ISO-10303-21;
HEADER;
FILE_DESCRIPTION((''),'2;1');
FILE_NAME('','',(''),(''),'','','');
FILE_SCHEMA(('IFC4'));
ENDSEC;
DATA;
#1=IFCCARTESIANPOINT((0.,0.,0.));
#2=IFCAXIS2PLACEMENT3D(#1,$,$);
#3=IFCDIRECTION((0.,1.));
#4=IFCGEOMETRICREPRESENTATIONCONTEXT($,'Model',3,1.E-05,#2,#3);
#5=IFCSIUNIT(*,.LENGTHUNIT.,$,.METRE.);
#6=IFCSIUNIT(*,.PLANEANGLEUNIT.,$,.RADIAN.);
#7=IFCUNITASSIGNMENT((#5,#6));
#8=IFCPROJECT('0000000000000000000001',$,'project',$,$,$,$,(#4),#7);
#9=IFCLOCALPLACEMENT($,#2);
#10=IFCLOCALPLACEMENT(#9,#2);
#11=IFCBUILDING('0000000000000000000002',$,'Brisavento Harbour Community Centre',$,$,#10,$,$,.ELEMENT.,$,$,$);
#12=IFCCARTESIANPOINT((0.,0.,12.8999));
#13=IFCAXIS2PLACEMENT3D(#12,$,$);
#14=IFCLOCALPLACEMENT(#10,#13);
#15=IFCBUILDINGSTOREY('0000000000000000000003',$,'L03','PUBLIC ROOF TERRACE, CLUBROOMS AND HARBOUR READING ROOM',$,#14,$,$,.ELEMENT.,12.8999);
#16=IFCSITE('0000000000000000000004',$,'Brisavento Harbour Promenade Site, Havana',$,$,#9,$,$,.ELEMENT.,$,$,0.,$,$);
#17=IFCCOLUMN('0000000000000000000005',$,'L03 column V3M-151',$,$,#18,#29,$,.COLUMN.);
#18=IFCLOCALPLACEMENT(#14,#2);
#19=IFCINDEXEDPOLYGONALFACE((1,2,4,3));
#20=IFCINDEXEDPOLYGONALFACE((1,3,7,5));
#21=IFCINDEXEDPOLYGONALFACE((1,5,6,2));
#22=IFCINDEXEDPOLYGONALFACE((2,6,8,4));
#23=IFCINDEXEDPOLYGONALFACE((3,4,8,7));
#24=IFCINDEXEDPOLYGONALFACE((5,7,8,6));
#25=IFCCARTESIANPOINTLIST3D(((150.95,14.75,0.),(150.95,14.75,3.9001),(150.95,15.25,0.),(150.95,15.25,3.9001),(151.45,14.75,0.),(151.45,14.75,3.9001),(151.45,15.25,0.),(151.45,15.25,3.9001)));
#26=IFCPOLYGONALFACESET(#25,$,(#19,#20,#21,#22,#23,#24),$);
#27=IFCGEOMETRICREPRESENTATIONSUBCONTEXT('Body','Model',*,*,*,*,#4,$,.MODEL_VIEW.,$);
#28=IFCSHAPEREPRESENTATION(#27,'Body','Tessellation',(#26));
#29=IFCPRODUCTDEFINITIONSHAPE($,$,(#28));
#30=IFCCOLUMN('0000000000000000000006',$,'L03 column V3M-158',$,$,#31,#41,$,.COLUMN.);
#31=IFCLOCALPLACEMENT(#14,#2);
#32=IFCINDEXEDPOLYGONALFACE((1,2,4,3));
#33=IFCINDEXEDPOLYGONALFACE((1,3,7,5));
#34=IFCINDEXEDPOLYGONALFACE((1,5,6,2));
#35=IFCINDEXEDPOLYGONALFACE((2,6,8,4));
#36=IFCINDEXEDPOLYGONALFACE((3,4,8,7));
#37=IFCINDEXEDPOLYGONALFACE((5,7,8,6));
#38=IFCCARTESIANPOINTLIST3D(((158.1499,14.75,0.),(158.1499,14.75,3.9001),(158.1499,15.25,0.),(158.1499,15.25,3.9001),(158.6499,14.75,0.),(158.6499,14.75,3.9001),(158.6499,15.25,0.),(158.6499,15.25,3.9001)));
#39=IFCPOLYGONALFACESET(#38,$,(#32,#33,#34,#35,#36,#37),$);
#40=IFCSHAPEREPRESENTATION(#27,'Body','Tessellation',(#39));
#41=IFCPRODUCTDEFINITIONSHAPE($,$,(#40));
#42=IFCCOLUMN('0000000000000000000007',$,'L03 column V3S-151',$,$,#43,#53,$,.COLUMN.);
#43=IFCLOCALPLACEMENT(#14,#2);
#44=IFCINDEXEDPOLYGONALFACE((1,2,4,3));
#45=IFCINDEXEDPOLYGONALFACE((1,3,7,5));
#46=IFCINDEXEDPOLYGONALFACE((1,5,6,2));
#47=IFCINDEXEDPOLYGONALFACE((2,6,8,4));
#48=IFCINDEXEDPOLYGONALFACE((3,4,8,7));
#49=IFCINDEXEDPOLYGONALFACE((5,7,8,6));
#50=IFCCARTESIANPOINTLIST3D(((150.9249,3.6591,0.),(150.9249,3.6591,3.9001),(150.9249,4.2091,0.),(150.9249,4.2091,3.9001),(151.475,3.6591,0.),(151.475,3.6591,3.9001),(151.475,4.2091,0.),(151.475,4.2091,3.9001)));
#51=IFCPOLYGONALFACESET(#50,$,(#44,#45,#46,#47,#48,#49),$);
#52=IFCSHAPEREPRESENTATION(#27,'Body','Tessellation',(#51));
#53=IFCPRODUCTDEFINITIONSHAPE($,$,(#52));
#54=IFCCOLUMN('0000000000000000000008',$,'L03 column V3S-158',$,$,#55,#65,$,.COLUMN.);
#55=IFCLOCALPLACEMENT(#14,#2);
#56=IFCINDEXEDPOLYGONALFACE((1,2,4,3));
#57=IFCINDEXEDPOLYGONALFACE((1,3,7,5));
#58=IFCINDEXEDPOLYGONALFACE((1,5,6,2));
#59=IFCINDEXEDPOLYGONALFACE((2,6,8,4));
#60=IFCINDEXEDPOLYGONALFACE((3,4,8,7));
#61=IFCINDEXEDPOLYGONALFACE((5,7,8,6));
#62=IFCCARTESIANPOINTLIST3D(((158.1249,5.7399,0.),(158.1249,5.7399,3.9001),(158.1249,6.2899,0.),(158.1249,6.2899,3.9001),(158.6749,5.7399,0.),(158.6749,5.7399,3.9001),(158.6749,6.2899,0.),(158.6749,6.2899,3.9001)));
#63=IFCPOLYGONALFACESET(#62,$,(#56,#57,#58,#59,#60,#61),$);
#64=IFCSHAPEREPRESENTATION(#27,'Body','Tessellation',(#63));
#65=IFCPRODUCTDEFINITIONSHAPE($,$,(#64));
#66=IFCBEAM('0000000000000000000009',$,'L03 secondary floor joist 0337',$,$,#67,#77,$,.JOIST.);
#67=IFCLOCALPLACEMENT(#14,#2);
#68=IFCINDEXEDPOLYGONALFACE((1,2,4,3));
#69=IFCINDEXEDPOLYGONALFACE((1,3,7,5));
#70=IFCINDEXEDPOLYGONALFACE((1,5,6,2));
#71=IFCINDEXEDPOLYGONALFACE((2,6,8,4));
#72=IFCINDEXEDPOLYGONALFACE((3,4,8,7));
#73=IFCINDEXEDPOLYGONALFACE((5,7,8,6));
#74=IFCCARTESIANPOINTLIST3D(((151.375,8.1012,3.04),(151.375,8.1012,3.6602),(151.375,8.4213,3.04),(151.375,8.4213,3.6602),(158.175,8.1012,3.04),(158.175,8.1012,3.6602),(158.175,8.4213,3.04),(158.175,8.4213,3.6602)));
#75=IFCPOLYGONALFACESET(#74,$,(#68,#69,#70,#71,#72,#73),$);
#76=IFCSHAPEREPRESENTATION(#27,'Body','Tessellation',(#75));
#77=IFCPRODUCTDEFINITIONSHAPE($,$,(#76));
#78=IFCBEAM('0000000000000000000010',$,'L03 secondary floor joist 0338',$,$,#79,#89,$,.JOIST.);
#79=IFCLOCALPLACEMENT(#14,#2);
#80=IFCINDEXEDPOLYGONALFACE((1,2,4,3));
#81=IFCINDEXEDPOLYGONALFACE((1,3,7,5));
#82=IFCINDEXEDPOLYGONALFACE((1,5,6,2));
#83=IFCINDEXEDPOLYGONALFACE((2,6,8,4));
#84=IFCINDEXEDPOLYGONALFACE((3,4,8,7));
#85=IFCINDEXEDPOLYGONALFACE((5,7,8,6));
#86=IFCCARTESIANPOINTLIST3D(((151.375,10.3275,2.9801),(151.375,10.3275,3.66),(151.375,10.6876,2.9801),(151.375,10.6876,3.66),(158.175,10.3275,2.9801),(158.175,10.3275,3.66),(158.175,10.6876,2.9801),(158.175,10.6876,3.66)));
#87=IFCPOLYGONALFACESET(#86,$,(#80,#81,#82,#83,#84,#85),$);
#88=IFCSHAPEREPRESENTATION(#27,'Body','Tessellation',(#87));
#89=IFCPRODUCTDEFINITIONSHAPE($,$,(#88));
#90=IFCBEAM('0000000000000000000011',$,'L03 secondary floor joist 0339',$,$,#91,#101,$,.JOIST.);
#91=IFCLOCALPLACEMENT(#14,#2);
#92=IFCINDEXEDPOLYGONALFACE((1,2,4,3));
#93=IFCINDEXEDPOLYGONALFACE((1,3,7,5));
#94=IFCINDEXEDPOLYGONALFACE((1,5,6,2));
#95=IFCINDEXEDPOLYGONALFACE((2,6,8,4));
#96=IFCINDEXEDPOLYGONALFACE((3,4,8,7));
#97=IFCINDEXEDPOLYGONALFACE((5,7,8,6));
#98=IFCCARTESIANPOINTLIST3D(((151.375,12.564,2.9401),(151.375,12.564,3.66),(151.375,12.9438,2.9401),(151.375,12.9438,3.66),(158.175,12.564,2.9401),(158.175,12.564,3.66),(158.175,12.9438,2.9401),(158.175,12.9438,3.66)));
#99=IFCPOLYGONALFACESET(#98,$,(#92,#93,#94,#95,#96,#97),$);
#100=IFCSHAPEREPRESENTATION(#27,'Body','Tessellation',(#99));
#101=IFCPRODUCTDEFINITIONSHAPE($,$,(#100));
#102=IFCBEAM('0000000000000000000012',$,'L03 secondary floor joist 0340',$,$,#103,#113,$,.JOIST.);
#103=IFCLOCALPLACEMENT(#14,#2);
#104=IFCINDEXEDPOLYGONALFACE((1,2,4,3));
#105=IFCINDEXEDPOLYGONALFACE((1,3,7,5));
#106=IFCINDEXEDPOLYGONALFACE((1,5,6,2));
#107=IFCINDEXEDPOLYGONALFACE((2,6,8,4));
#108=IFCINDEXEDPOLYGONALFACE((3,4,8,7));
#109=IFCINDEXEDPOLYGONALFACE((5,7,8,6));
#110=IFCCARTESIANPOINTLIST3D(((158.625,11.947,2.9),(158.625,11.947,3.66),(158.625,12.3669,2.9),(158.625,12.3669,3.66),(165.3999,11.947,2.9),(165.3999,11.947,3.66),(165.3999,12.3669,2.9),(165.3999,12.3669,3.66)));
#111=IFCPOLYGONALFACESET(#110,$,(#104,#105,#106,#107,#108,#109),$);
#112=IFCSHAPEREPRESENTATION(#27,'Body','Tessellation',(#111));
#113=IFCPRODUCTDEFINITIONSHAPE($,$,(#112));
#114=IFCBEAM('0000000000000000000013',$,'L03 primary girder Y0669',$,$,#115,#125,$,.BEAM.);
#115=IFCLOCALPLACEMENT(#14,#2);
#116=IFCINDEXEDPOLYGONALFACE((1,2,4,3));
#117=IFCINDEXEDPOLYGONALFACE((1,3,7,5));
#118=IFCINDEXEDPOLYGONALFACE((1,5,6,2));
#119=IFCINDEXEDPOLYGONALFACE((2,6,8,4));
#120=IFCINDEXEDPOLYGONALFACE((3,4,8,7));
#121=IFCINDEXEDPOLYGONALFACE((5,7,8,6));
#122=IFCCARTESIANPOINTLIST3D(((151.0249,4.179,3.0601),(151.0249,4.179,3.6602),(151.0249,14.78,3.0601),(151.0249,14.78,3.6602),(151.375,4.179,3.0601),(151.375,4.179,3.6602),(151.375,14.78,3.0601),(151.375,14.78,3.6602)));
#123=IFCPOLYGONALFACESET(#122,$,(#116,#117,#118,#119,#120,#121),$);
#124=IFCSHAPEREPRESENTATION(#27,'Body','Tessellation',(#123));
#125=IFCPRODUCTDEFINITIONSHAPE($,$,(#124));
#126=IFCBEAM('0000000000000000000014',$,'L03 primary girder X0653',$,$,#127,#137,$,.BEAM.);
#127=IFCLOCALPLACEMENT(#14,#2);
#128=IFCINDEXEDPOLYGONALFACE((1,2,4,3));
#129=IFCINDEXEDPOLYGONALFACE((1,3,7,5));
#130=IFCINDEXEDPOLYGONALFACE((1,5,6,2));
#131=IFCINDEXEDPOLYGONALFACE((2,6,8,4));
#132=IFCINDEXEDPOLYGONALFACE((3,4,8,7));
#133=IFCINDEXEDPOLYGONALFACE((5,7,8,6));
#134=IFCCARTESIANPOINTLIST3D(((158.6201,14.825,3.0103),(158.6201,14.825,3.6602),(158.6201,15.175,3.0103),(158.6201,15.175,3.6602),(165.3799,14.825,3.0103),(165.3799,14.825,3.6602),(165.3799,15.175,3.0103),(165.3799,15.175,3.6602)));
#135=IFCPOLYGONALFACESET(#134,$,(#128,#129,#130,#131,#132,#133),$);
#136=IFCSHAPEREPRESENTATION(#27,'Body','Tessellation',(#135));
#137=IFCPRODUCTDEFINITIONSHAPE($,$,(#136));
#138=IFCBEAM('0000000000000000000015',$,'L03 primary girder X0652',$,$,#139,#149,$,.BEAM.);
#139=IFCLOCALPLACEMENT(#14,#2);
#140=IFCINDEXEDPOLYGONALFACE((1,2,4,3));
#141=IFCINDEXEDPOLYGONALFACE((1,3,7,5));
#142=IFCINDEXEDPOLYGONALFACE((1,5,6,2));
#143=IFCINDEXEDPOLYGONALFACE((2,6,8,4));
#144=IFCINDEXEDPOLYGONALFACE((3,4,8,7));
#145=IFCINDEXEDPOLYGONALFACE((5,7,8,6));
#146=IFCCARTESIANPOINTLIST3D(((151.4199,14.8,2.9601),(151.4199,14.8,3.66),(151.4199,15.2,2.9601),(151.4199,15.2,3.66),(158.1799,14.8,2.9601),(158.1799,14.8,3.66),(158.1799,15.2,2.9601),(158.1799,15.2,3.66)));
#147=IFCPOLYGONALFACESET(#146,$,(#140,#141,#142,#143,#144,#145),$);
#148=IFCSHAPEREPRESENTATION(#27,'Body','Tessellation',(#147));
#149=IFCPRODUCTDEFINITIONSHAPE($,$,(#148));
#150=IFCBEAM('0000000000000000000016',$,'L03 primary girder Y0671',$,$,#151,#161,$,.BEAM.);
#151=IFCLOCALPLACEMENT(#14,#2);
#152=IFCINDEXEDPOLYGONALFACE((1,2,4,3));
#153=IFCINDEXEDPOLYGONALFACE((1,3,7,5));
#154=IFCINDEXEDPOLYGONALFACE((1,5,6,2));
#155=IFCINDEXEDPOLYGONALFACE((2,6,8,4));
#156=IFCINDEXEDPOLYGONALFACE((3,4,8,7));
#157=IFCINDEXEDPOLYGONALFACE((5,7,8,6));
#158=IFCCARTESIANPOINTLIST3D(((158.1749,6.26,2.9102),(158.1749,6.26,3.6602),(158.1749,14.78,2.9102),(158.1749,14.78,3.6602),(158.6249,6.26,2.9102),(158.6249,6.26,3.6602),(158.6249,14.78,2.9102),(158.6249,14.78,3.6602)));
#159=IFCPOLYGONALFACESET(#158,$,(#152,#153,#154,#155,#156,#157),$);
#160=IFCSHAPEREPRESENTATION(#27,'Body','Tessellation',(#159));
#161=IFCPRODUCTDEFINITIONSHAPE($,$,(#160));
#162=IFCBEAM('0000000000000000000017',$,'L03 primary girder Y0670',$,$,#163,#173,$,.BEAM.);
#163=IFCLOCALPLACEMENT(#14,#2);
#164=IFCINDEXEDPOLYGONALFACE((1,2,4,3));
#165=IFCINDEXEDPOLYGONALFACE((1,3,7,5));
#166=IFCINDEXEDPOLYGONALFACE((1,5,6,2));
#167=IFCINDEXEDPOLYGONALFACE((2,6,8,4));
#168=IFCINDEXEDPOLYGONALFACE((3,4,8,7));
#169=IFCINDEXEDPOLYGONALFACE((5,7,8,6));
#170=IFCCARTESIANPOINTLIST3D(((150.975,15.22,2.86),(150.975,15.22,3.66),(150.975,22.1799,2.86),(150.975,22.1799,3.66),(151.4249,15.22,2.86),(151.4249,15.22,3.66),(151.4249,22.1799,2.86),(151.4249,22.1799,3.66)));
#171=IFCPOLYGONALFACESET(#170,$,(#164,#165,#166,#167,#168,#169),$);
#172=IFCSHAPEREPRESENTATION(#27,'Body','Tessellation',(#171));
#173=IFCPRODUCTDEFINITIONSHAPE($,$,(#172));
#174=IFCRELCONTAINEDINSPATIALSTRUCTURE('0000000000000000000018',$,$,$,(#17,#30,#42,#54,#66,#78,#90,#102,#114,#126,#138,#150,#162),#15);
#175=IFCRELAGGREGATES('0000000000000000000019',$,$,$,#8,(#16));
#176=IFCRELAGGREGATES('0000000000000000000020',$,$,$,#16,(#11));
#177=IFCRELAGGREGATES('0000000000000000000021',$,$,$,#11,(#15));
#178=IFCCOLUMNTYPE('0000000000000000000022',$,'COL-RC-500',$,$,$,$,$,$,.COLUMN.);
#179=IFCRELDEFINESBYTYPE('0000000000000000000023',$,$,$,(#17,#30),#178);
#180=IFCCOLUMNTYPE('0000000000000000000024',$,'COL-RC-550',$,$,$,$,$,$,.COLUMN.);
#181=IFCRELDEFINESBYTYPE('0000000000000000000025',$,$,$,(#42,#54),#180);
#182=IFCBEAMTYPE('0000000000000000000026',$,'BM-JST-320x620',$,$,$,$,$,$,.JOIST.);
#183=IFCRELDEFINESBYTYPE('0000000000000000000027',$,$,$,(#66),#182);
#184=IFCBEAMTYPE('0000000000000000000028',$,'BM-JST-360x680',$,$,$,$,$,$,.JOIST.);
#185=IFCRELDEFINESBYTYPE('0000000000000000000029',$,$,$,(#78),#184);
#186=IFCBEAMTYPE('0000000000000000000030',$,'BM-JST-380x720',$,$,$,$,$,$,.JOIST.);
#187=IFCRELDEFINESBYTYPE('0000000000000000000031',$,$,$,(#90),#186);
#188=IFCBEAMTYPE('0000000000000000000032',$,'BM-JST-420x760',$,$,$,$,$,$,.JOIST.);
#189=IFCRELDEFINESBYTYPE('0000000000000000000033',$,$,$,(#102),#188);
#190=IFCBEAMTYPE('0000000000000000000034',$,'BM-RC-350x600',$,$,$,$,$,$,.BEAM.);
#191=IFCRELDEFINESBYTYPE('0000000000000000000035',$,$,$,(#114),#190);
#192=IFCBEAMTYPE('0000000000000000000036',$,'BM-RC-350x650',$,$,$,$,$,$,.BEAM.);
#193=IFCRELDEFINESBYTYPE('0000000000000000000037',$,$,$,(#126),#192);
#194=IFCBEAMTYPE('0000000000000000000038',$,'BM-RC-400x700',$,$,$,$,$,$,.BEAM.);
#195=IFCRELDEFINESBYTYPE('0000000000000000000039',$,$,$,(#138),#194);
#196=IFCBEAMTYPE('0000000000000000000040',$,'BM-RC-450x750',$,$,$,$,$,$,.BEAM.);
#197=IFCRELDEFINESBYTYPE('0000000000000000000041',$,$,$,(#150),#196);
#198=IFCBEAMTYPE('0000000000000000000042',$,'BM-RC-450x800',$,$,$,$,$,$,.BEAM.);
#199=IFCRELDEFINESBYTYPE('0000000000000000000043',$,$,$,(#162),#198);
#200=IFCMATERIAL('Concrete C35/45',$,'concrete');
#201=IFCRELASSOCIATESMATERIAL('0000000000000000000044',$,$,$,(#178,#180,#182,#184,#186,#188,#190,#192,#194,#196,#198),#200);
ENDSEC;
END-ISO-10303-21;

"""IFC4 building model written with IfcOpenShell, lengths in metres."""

from ifc_helpers import new_model, si_unit, direction, frame, origin, origin_2d, place, context, subcontext, project, spatial, rectangle, extrude, material, material_profile, profile_set, type_object, element, save


model = new_model("IFC4")

# Units and contexts
model_context = context("Model", 3, precision=1e-05, world=origin(), true_north=direction((0.0, 1.0)))
body_context = subcontext(model_context, "Body", "Model", "MODEL_VIEW")
ifc_project = project(units=[si_unit("LENGTHUNIT", "METRE"), si_unit("PLANEANGLEUNIT", "RADIAN")], contexts=[model_context])

# Site, building, storey
site_placement = place(None, origin())
site = spatial("IfcSite", under=ifc_project, at=site_placement, Name="Brisavento Harbour Promenade Site, Havana", CompositionType="ELEMENT", RefElevation=0.0)
building_placement = place(site_placement, origin())
building = spatial("IfcBuilding", under=site, at=building_placement, Name="Brisavento Harbour Community Centre", CompositionType="ELEMENT")
storey_placement = place(building_placement, frame((0.0, 0.0, 12.8999)))
storey = spatial("IfcBuildingStorey", under=building, at=storey_placement, Name="L03", Description="PUBLIC ROOF TERRACE, CLUBROOMS AND HARBOUR READING ROOM", CompositionType="ELEMENT", Elevation=12.8999)

# Columns
ifc_material_1 = material(Name="Concrete C35/45", Category="concrete")
ifc_material_profile_1 = material_profile(ifc_material_1, rectangle(XDim=0.5, YDim=0.5, at=origin_2d()), Name="Concrete C35/45")
ifc_profile_set_1 = profile_set([ifc_material_profile_1], Name="Concrete C35/45")
column_type_1 = type_object("IfcColumnType", Name="COL-RC-500", PredefinedType="COLUMN", material=ifc_profile_set_1)
for number, where, z_axis, x_axis, name in (
    (1, (151.2, 15.0, 0.0), (0.0, 0.0, 1.0), (1.0, 0.0, 0.0), "L03 column V3M-151"),
    (2, (158.3999, 15.0, 0.0), (0.0, 0.0, 1.0), (1.0, 0.0, 0.0), "L03 column V3M-158"),
):
    element("IfcColumn", number, at=place(storey_placement, frame(where, z_axis=z_axis, x_axis=x_axis)), inside=storey, type_object=column_type_1, Name=name, PredefinedType="COLUMN", context=body_context, shape_type="SweptSolid", body=[
        extrude(rectangle(XDim=0.5, YDim=0.5, at=origin_2d()), origin(), (0.0, 0.0, 1.0), 3.9001),
    ])
ifc_material_profile_2 = material_profile(ifc_material_1, rectangle(XDim=0.55, YDim=0.55, at=origin_2d()), Name="Concrete C35/45")
ifc_profile_set_2 = profile_set([ifc_material_profile_2], Name="Concrete C35/45")
column_type_2 = type_object("IfcColumnType", Name="COL-RC-550", PredefinedType="COLUMN", material=ifc_profile_set_2)
for number, where, z_axis, x_axis, name in (
    (3, (151.2, 3.9341, 0.0), (0.0, 0.0, 1.0), (1.0, 0.0, 0.0), "L03 column V3S-151"),
    (4, (158.3999, 6.0149, 0.0), (0.0, 0.0, 1.0), (1.0, 0.0, 0.0), "L03 column V3S-158"),
):
    element("IfcColumn", number, at=place(storey_placement, frame(where, z_axis=z_axis, x_axis=x_axis)), inside=storey, type_object=column_type_2, Name=name, PredefinedType="COLUMN", context=body_context, shape_type="SweptSolid", body=[
        extrude(rectangle(XDim=0.55, YDim=0.55, at=origin_2d()), origin(), (0.0, 0.0, 1.0), 3.9001),
    ])

# Beams
ifc_material_profile_3 = material_profile(ifc_material_1, rectangle(XDim=0.3201, YDim=0.6201, at=origin_2d()), Name="Concrete C35/45")
ifc_profile_set_3 = profile_set([ifc_material_profile_3], Name="Concrete C35/45")
beam_type_1 = type_object("IfcBeamType", Name="BM-JST-320x620", PredefinedType="JOIST", material=ifc_profile_set_3)
beam_1_placement = place(storey_placement, frame((151.375, 8.2612, 3.3501), z_axis=(1.0, 0.0, 0.0), x_axis=(0.0, 1.0, 0.0)))
element("IfcBeam", 5, at=beam_1_placement, inside=storey, type_object=beam_type_1, Name="L03 secondary floor joist 0337", PredefinedType="JOIST", context=body_context, shape_type="SweptSolid", body=[
    extrude(rectangle(XDim=0.3201, YDim=0.6201, at=origin_2d()), origin(), (0.0, 0.0, 1.0), 6.8),
])
ifc_material_profile_4 = material_profile(ifc_material_1, rectangle(XDim=0.3601, YDim=0.6799, at=origin_2d()), Name="Concrete C35/45")
ifc_profile_set_4 = profile_set([ifc_material_profile_4], Name="Concrete C35/45")
beam_type_2 = type_object("IfcBeamType", Name="BM-JST-360x680", PredefinedType="JOIST", material=ifc_profile_set_4)
beam_2_placement = place(storey_placement, frame((151.375, 10.5076, 3.3201), z_axis=(1.0, 0.0, 0.0), x_axis=(0.0, 1.0, 0.0)))
element("IfcBeam", 6, at=beam_2_placement, inside=storey, type_object=beam_type_2, Name="L03 secondary floor joist 0338", PredefinedType="JOIST", context=body_context, shape_type="SweptSolid", body=[
    extrude(rectangle(XDim=0.3601, YDim=0.6799, at=origin_2d()), origin(), (0.0, 0.0, 1.0), 6.8),
])
ifc_material_profile_5 = material_profile(ifc_material_1, rectangle(XDim=0.3799, YDim=0.72, at=origin_2d()), Name="Concrete C35/45")
ifc_profile_set_5 = profile_set([ifc_material_profile_5], Name="Concrete C35/45")
beam_type_3 = type_object("IfcBeamType", Name="BM-JST-380x720", PredefinedType="JOIST", material=ifc_profile_set_5)
beam_3_placement = place(storey_placement, frame((151.375, 12.7539, 3.3), z_axis=(1.0, 0.0, 0.0), x_axis=(0.0, 1.0, 0.0)))
element("IfcBeam", 7, at=beam_3_placement, inside=storey, type_object=beam_type_3, Name="L03 secondary floor joist 0339", PredefinedType="JOIST", context=body_context, shape_type="SweptSolid", body=[
    extrude(rectangle(XDim=0.3799, YDim=0.72, at=origin_2d()), origin(), (0.0, 0.0, 1.0), 6.8),
])
ifc_material_profile_6 = material_profile(ifc_material_1, rectangle(XDim=0.4199, YDim=0.76, at=origin_2d()), Name="Concrete C35/45")
ifc_profile_set_6 = profile_set([ifc_material_profile_6], Name="Concrete C35/45")
beam_type_4 = type_object("IfcBeamType", Name="BM-JST-420x760", PredefinedType="JOIST", material=ifc_profile_set_6)
beam_4_placement = place(storey_placement, frame((158.625, 12.157, 3.28), z_axis=(1.0, 0.0, 0.0), x_axis=(0.0, 1.0, 0.0)))
element("IfcBeam", 8, at=beam_4_placement, inside=storey, type_object=beam_type_4, Name="L03 secondary floor joist 0340", PredefinedType="JOIST", context=body_context, shape_type="SweptSolid", body=[
    extrude(rectangle(XDim=0.4199, YDim=0.76, at=origin_2d()), origin(), (0.0, 0.0, 1.0), 6.7749),
])
ifc_material_profile_7 = material_profile(ifc_material_1, rectangle(XDim=0.3501, YDim=0.6001, at=origin_2d()), Name="Concrete C35/45")
ifc_profile_set_7 = profile_set([ifc_material_profile_7], Name="Concrete C35/45")
beam_type_5 = type_object("IfcBeamType", Name="BM-RC-350x600", PredefinedType="BEAM", material=ifc_profile_set_7)
beam_5_placement = place(storey_placement, frame((151.2, 4.179, 3.3601), z_axis=(0.0, 1.0, 0.0), x_axis=(-1.0, 0.0, 0.0)))
element("IfcBeam", 9, at=beam_5_placement, inside=storey, type_object=beam_type_5, Name="L03 primary girder Y0669", PredefinedType="BEAM", context=body_context, shape_type="SweptSolid", body=[
    extrude(rectangle(XDim=0.3501, YDim=0.6001, at=origin_2d()), origin(), (0.0, 0.0, 1.0), 10.6011),
])
ifc_material_profile_8 = material_profile(ifc_material_1, rectangle(XDim=0.3501, YDim=0.6499, at=origin_2d()), Name="Concrete C35/45")
ifc_profile_set_8 = profile_set([ifc_material_profile_8], Name="Concrete C35/45")
beam_type_6 = type_object("IfcBeamType", Name="BM-RC-350x650", PredefinedType="BEAM", material=ifc_profile_set_8)
beam_6_placement = place(storey_placement, frame((158.6201, 15.0, 3.3352), z_axis=(1.0, 0.0, 0.0), x_axis=(0.0, 1.0, 0.0)))
element("IfcBeam", 10, at=beam_6_placement, inside=storey, type_object=beam_type_6, Name="L03 primary girder X0653", PredefinedType="BEAM", context=body_context, shape_type="SweptSolid", body=[
    extrude(rectangle(XDim=0.3501, YDim=0.6499, at=origin_2d()), origin(), (0.0, 0.0, 1.0), 6.7598),
])
ifc_material_profile_9 = material_profile(ifc_material_1, rectangle(XDim=0.3999, YDim=0.7, at=origin_2d()), Name="Concrete C35/45")
ifc_profile_set_9 = profile_set([ifc_material_profile_9], Name="Concrete C35/45")
beam_type_7 = type_object("IfcBeamType", Name="BM-RC-400x700", PredefinedType="BEAM", material=ifc_profile_set_9)
beam_7_placement = place(storey_placement, frame((151.4199, 15.0, 3.3101), z_axis=(1.0, 0.0, 0.0), x_axis=(0.0, 1.0, 0.0)))
element("IfcBeam", 11, at=beam_7_placement, inside=storey, type_object=beam_type_7, Name="L03 primary girder X0652", PredefinedType="BEAM", context=body_context, shape_type="SweptSolid", body=[
    extrude(rectangle(XDim=0.3999, YDim=0.7, at=origin_2d()), origin(), (0.0, 0.0, 1.0), 6.76),
])
ifc_material_profile_10 = material_profile(ifc_material_1, rectangle(XDim=0.45, YDim=0.75, at=origin_2d()), Name="Concrete C35/45")
ifc_profile_set_10 = profile_set([ifc_material_profile_10], Name="Concrete C35/45")
beam_type_8 = type_object("IfcBeamType", Name="BM-RC-450x750", PredefinedType="BEAM", material=ifc_profile_set_10)
beam_8_placement = place(storey_placement, frame((158.3999, 6.26, 3.2852), z_axis=(0.0, 1.0, 0.0), x_axis=(-1.0, 0.0, 0.0)))
element("IfcBeam", 12, at=beam_8_placement, inside=storey, type_object=beam_type_8, Name="L03 primary girder Y0671", PredefinedType="BEAM", context=body_context, shape_type="SweptSolid", body=[
    extrude(rectangle(XDim=0.45, YDim=0.75, at=origin_2d()), origin(), (0.0, 0.0, 1.0), 8.52),
])
ifc_material_profile_11 = material_profile(ifc_material_1, rectangle(XDim=0.45, YDim=0.8, at=origin_2d()), Name="Concrete C35/45")
ifc_profile_set_11 = profile_set([ifc_material_profile_11], Name="Concrete C35/45")
beam_type_9 = type_object("IfcBeamType", Name="BM-RC-450x800", PredefinedType="BEAM", material=ifc_profile_set_11)
beam_9_placement = place(storey_placement, frame((151.2, 15.22, 3.26), z_axis=(0.0, 1.0, 0.0), x_axis=(-1.0, 0.0, 0.0)))
element("IfcBeam", 13, at=beam_9_placement, inside=storey, type_object=beam_type_9, Name="L03 primary girder Y0670", PredefinedType="BEAM", context=body_context, shape_type="SweptSolid", body=[
    extrude(rectangle(XDim=0.45, YDim=0.8, at=origin_2d()), origin(), (0.0, 0.0, 1.0), 6.96),
])

save(model, "model.ifc")
